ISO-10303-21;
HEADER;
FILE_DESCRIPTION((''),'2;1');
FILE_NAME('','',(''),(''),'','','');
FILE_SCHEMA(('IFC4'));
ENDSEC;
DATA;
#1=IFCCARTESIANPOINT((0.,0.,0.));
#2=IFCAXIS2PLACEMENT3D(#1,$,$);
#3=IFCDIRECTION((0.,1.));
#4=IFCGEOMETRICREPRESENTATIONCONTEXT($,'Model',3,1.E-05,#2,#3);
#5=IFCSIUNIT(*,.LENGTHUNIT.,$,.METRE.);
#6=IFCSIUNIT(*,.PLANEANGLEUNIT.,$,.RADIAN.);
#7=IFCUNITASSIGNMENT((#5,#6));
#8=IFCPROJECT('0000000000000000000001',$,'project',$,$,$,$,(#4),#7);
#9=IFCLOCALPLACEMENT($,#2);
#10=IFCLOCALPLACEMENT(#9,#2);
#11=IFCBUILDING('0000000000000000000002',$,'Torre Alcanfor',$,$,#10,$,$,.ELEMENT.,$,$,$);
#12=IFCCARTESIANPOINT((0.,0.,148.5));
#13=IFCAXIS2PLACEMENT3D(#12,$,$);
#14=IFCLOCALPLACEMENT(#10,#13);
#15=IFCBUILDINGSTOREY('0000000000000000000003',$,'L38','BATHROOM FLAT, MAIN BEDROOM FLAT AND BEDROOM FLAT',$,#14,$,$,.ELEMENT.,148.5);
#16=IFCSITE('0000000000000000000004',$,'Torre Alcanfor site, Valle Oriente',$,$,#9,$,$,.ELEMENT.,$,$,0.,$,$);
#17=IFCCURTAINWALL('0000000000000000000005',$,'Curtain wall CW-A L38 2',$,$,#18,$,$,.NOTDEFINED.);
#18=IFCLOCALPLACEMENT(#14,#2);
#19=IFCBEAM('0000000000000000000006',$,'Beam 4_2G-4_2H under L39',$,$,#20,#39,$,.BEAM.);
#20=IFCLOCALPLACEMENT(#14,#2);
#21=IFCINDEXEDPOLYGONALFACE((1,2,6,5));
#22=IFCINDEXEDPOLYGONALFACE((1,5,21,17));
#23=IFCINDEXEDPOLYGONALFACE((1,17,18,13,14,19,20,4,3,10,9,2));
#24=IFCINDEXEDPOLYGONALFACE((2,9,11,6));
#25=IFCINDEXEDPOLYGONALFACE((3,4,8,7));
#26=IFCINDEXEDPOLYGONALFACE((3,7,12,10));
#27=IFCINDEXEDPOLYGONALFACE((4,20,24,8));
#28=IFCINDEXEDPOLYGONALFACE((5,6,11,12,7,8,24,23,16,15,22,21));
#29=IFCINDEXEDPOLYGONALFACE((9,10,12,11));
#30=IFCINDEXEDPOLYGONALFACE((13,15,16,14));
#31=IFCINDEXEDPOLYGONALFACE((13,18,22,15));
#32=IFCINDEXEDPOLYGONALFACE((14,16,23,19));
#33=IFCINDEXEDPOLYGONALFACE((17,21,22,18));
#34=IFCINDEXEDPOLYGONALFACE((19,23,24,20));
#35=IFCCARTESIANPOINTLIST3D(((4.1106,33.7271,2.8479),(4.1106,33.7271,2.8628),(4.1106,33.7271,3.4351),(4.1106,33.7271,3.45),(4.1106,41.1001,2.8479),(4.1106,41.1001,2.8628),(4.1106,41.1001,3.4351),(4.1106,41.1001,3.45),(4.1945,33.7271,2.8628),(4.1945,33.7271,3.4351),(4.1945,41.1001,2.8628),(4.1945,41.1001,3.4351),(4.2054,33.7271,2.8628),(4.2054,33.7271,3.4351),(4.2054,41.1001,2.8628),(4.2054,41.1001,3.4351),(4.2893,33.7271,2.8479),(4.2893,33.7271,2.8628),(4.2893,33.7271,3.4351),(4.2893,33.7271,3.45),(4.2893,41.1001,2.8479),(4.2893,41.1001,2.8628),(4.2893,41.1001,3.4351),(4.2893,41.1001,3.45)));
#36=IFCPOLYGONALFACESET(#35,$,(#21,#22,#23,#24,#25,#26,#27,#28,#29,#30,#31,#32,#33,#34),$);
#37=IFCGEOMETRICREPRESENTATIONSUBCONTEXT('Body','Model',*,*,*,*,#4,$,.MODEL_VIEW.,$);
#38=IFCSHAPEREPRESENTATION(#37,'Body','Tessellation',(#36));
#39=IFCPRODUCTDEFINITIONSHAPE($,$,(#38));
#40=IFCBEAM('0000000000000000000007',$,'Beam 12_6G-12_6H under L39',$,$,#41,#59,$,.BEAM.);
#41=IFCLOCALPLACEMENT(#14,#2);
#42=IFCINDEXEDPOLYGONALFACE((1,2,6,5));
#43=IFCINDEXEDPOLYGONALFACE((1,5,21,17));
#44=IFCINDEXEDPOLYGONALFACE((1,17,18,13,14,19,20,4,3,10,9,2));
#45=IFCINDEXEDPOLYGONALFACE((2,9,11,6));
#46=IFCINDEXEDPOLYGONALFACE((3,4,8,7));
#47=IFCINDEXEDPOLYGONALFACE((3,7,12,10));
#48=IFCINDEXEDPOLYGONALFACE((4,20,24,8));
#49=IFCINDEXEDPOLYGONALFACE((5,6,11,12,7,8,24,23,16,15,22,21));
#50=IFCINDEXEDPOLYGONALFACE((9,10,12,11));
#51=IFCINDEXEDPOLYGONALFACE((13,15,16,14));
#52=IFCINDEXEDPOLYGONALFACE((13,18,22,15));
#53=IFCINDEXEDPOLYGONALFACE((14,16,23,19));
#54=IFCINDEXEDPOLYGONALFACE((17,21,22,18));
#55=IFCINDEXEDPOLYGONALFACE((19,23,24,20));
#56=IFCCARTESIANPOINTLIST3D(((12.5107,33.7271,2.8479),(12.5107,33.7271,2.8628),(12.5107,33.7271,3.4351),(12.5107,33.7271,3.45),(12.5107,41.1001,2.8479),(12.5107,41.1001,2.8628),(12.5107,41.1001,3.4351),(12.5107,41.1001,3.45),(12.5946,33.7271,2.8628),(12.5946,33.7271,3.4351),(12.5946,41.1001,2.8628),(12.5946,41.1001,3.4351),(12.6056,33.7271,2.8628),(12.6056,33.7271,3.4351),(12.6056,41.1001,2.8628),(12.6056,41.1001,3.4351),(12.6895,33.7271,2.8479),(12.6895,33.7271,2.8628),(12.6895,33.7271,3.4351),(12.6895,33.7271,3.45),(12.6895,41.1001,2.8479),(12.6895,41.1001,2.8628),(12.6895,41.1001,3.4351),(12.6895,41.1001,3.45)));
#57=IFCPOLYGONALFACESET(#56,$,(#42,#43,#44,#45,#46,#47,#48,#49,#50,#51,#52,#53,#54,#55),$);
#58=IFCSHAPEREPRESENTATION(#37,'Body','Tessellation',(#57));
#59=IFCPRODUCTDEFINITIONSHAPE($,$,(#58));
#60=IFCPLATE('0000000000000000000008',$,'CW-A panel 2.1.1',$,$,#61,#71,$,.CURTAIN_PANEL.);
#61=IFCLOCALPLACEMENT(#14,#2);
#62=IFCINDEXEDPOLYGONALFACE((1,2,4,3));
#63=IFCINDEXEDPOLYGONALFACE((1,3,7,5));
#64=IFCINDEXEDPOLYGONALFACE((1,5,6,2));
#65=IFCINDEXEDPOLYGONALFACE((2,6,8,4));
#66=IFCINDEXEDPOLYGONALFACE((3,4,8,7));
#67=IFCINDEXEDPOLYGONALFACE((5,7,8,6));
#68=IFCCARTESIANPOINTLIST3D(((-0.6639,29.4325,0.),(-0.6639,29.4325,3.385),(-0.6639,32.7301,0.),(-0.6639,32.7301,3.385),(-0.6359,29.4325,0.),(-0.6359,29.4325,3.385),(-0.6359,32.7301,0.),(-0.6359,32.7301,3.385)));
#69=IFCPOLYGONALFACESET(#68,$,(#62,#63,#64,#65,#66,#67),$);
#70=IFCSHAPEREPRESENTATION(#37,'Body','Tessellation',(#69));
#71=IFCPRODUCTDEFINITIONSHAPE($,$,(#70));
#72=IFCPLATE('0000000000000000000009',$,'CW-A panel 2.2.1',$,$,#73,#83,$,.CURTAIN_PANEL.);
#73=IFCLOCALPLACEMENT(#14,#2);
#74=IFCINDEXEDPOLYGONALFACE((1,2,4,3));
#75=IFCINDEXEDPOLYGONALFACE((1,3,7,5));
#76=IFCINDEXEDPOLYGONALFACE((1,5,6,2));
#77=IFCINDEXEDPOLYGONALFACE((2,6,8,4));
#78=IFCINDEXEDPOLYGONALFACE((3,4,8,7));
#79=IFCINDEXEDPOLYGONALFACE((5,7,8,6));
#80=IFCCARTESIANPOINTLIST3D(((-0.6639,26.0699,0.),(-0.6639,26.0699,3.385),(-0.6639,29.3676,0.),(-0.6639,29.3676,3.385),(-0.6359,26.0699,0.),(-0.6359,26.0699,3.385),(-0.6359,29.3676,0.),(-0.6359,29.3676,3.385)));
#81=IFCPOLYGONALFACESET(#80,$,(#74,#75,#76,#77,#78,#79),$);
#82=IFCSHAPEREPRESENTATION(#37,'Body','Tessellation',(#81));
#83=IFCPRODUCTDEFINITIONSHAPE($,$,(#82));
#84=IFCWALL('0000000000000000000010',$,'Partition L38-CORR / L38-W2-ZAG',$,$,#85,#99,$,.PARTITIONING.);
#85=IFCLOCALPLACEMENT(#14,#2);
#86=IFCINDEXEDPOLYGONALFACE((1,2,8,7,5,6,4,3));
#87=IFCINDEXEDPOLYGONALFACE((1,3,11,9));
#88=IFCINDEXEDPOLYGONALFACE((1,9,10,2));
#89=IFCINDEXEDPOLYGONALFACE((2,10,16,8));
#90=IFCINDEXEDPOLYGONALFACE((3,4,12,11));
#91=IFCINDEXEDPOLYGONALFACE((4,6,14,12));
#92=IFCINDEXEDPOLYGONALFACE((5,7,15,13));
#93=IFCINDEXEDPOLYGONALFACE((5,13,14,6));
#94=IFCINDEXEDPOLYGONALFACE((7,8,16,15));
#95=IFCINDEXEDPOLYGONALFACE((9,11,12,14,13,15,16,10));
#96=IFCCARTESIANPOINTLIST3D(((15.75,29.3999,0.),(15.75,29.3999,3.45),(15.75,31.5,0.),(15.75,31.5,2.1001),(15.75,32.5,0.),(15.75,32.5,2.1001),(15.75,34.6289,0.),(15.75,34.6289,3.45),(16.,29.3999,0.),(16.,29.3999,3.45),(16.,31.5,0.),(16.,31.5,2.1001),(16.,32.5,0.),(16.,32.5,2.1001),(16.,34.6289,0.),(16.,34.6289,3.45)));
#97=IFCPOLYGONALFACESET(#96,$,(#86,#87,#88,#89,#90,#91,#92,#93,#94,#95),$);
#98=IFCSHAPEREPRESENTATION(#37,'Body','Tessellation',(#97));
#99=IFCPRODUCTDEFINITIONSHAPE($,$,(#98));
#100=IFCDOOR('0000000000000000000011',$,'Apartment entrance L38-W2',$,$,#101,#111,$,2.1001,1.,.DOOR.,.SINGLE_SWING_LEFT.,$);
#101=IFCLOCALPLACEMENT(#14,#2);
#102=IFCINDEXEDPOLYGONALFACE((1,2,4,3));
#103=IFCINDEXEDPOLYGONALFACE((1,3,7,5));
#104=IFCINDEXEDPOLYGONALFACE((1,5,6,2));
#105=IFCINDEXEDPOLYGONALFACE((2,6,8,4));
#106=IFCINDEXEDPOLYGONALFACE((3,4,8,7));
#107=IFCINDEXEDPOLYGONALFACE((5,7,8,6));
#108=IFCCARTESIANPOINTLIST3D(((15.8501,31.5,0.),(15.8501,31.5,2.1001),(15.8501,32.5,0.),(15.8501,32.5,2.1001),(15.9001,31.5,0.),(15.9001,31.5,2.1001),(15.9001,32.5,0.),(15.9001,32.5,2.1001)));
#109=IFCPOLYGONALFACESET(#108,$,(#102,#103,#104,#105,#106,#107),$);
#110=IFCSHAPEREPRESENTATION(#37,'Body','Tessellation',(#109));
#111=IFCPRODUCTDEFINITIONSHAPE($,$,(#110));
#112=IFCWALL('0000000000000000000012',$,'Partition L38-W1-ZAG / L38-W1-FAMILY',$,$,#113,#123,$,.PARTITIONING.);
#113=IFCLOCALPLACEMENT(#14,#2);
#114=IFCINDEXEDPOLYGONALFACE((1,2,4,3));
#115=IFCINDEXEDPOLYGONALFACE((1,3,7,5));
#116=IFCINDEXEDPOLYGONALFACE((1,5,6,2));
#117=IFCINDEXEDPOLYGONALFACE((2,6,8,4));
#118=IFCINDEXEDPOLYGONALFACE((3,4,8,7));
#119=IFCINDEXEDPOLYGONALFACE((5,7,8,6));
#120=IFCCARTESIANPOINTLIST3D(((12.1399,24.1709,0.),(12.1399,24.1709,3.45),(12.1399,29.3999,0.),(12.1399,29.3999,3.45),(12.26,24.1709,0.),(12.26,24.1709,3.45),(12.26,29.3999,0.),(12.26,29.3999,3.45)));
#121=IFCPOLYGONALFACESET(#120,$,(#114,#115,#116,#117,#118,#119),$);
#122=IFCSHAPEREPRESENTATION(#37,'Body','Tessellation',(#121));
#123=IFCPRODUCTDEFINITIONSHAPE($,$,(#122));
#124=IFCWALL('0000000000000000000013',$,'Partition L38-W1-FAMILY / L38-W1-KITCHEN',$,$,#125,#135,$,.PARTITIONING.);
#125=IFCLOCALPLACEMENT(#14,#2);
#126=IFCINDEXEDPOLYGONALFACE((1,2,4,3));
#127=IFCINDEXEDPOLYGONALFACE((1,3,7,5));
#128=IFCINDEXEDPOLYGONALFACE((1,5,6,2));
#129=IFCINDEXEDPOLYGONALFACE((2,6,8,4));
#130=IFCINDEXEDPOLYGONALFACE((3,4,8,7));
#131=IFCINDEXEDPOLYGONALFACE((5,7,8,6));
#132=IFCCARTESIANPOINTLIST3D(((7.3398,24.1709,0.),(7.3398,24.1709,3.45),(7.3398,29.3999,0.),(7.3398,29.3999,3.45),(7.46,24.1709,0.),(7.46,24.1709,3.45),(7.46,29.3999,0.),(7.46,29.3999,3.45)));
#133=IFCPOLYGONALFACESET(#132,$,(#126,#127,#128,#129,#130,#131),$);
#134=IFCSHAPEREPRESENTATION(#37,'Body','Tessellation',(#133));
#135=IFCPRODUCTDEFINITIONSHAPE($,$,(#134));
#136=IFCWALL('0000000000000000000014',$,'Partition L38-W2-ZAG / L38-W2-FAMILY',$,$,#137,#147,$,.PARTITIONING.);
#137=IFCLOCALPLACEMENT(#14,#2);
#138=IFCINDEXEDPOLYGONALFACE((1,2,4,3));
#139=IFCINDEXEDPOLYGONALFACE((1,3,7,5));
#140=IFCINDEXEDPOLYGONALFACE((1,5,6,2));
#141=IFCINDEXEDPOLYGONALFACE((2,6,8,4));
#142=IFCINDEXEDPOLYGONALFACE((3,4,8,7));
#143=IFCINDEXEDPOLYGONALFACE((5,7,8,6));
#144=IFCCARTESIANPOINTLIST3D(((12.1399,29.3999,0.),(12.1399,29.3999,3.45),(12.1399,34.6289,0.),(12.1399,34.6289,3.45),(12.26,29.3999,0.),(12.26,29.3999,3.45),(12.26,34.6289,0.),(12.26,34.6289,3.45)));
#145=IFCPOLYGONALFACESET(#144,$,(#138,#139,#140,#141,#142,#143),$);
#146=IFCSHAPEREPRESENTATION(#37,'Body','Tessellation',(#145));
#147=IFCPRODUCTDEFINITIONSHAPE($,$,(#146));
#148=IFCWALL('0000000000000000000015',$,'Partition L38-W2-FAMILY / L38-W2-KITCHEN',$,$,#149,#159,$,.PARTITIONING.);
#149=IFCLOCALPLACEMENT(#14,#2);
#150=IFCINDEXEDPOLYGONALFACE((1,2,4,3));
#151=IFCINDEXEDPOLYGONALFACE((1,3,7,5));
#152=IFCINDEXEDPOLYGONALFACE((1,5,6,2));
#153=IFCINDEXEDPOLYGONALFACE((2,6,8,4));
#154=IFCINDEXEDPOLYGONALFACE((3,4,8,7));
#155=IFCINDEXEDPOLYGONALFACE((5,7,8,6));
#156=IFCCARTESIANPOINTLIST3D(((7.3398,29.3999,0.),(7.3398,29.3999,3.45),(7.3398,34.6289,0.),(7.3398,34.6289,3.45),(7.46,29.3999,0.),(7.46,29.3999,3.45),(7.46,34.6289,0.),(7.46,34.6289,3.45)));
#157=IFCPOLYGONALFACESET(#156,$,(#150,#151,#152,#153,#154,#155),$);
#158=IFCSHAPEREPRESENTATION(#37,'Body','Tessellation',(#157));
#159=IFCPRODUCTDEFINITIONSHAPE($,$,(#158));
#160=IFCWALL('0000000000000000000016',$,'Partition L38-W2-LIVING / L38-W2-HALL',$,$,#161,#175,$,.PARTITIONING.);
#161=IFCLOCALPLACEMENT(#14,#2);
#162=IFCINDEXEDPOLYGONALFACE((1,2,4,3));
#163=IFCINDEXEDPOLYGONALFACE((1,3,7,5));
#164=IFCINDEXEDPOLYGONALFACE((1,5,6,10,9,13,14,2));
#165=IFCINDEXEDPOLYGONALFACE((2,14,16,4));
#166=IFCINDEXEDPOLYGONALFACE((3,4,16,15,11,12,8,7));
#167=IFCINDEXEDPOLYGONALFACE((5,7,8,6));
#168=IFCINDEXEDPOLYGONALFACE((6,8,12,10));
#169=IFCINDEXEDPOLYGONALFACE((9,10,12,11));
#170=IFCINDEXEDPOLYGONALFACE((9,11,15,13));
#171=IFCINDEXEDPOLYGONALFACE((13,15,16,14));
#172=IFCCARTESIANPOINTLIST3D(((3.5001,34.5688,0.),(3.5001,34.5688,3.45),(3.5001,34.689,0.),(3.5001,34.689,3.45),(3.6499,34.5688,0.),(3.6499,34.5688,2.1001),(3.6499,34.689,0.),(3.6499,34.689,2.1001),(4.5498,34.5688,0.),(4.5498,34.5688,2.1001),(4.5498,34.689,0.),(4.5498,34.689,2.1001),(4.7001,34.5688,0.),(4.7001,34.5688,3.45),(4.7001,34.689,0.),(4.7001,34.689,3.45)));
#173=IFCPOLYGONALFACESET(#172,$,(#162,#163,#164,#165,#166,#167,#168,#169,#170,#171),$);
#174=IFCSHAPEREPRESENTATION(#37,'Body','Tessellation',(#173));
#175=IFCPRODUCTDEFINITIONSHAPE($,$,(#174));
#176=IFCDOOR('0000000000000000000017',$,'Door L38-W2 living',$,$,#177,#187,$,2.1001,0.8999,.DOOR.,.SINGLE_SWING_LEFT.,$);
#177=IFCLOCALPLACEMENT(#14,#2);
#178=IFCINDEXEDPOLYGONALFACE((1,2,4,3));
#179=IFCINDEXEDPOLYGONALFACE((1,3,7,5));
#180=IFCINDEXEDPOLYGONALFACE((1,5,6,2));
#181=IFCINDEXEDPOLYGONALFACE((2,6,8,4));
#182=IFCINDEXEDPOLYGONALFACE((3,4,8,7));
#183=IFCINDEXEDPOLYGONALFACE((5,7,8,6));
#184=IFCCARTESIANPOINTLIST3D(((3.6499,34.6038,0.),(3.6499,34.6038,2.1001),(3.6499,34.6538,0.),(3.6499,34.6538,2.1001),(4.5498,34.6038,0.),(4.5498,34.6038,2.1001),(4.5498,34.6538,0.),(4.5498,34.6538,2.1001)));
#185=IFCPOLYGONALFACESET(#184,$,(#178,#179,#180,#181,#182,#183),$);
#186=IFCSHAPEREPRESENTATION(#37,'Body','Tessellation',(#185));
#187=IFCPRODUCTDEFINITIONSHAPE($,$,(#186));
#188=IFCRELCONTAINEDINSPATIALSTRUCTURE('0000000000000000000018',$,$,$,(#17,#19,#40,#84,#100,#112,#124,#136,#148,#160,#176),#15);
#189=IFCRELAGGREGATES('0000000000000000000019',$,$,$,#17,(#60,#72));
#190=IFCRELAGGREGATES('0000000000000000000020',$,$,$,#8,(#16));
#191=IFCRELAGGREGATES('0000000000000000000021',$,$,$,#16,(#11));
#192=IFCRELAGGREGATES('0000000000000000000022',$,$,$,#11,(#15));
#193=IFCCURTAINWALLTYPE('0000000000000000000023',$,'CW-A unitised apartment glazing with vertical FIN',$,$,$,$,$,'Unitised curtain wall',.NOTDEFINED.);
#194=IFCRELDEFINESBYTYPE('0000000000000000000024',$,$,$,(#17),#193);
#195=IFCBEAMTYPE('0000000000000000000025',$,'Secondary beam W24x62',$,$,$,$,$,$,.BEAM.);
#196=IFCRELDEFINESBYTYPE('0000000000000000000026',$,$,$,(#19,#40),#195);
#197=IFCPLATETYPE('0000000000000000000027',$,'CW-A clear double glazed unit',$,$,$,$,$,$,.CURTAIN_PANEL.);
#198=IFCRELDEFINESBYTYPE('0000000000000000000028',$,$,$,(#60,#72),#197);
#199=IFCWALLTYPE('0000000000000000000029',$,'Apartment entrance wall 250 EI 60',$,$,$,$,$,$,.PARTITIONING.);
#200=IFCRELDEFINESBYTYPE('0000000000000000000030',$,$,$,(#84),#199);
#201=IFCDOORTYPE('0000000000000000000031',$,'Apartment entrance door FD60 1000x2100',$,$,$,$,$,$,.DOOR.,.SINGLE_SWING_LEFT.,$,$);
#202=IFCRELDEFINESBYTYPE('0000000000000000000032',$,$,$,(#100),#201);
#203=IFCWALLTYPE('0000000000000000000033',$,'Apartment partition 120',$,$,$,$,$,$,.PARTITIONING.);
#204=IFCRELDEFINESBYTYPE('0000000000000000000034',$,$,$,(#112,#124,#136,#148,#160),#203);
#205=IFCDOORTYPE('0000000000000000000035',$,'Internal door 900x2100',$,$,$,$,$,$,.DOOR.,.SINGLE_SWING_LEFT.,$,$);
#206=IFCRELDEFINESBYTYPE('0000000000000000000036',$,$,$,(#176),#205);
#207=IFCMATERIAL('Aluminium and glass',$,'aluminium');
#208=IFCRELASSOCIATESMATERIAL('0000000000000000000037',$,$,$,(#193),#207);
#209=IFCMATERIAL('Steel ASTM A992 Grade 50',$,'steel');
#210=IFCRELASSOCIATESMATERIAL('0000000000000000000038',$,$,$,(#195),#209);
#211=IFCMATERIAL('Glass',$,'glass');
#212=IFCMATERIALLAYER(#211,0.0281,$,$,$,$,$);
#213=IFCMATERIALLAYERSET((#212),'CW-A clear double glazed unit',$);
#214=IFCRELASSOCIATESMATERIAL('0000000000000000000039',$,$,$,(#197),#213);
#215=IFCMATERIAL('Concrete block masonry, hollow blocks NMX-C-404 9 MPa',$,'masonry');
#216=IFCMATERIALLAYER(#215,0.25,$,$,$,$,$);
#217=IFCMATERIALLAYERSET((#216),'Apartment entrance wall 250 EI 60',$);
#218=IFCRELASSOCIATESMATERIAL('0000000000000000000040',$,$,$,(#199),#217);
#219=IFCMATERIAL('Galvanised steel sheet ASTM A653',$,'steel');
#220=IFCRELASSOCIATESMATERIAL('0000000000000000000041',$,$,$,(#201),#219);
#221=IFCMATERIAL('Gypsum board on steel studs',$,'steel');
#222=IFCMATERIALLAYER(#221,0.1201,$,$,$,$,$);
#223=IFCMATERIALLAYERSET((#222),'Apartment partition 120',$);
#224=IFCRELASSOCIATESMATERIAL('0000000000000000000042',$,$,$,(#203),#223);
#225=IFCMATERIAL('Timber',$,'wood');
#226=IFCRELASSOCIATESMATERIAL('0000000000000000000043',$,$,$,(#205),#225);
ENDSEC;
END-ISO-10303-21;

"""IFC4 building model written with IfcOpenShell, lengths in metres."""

from ifc_helpers import new_model, si_unit, direction, frame, frame_2d, origin, origin_2d, place, context, subcontext, project, spatial, rectangle, i_section, extrude, material, layer, layer_set, material_profile, profile_set, type_object, element, fill, aggregate, save


model = new_model("IFC4")

# Units and contexts
model_context = context("Model", 3, precision=1e-05, world=origin(), true_north=direction((0.0, 1.0)))
body_context = subcontext(model_context, "Body", "Model", "MODEL_VIEW")
ifc_project = project(units=[si_unit("LENGTHUNIT", "METRE"), si_unit("PLANEANGLEUNIT", "RADIAN")], contexts=[model_context])

# Site, building, storey
site_placement = place(None, origin())
site = spatial("IfcSite", under=ifc_project, at=site_placement, Name="Torre Alcanfor site, Valle Oriente", CompositionType="ELEMENT", RefElevation=0.0)
building_placement = place(site_placement, origin())
building = spatial("IfcBuilding", under=site, at=building_placement, Name="Torre Alcanfor", CompositionType="ELEMENT")
storey_placement = place(building_placement, frame((0.0, 0.0, 148.5)))
storey = spatial("IfcBuildingStorey", under=building, at=storey_placement, Name="L38", Description="BATHROOM FLAT, MAIN BEDROOM FLAT AND BEDROOM FLAT", CompositionType="ELEMENT", Elevation=148.5)

# Curtain wall
ifc_material_1 = material(Name="Aluminium and glass", Category="aluminium")
curtain_wall_type = type_object("IfcCurtainWallType", Name="CW-A unitised apartment glazing with vertical FIN", ElementType="Unitised curtain wall", PredefinedType="NOTDEFINED", material=ifc_material_1)
curtain_wall_placement = place(storey_placement, origin())
curtain_wall = element("IfcCurtainWall", 1, at=curtain_wall_placement, inside=storey, type_object=curtain_wall_type, Name="Curtain wall CW-A L38 2", PredefinedType="NOTDEFINED")

# Beams
ifc_material_2 = material(Name="Steel ASTM A992 Grade 50", Category="steel")
ifc_material_profile_1 = material_profile(ifc_material_2, i_section(OverallWidth=0.1787, OverallDepth=0.6021, WebThickness=0.011, FlangeThickness=0.0149, at=origin_2d()), Name="W24x62")
ifc_profile_set_1 = profile_set([ifc_material_profile_1], Name="Steel ASTM A992 Grade 50")
beam_type_1 = type_object("IfcBeamType", Name="Secondary beam W24x62", PredefinedType="BEAM", material=ifc_profile_set_1)
for number, where, z_axis, x_axis, name in (
    (2, (4.2, 33.7271, 3.1489), (0.0, 1.0, 0.0), (-1.0, 0.0, 0.0), "Beam 4_2G-4_2H under L39"),
    (3, (12.6001, 33.7271, 3.1489), (0.0, 1.0, 0.0), (-1.0, 0.0, 0.0), "Beam 12_6G-12_6H under L39"),
):
    element("IfcBeam", number, at=place(storey_placement, frame(where, z_axis=z_axis, x_axis=x_axis)), inside=storey, type_object=beam_type_1, Name=name, PredefinedType="BEAM", context=body_context, shape_type="SweptSolid", body=[
        extrude(i_section(OverallWidth=0.1787, OverallDepth=0.6021, WebThickness=0.011, FlangeThickness=0.0149, at=origin_2d()), origin(), (0.0, 0.0, 1.0), 7.373),
    ])

# Plates
ifc_material_3 = material(Name="Glass", Category="glass")
ifc_layer_1 = layer(ifc_material_3, 0.0281)
ifc_layer_set_1 = layer_set([ifc_layer_1], Name="CW-A clear double glazed unit")
plate_type = type_object("IfcPlateType", Name="CW-A clear double glazed unit", PredefinedType="CURTAIN_PANEL", material=ifc_layer_set_1)
plate_1_placement = place(storey_placement, frame((-0.6499, 31.0813, 0.0), z_axis=(0.0, 0.0, 1.0), x_axis=(0.0, -1.0, 0.0)))
plate_1 = element("IfcPlate", 4, at=plate_1_placement, type_object=plate_type, Name="CW-A panel 2.1.1", PredefinedType="CURTAIN_PANEL", context=body_context, shape_type="SweptSolid", body=[
    extrude(rectangle(XDim=3.2976, YDim=0.0281, at=origin_2d()), origin(), (0.0, 0.0, 1.0), 3.385),
])
plate_2_placement = place(storey_placement, frame((-0.6499, 27.7188, 0.0), z_axis=(0.0, 0.0, 1.0), x_axis=(0.0, -1.0, 0.0)))
plate_2 = element("IfcPlate", 5, at=plate_2_placement, type_object=plate_type, Name="CW-A panel 2.2.1", PredefinedType="CURTAIN_PANEL", context=body_context, shape_type="SweptSolid", body=[
    extrude(rectangle(XDim=3.2976, YDim=0.0281, at=origin_2d()), origin(), (0.0, 0.0, 1.0), 3.385),
])
aggregate(curtain_wall, [plate_1, plate_2])

# Wall, opening, door
ifc_material_4 = material(Name="Concrete block masonry, hollow blocks NMX-C-404 9 MPa", Category="masonry")
ifc_layer_2 = layer(ifc_material_4, 0.25)
ifc_layer_set_2 = layer_set([ifc_layer_2], Name="Apartment entrance wall 250 EI 60")
wall_type_1 = type_object("IfcWallType", Name="Apartment entrance wall 250 EI 60", PredefinedType="PARTITIONING", material=ifc_layer_set_2)
wall_1_placement = place(storey_placement, frame((15.875, 29.3999, 0.0), z_axis=(0.0, 0.0, 1.0), x_axis=(0.0, 1.0, 0.0)))
wall_1 = element("IfcWall", 6, at=wall_1_placement, inside=storey, type_object=wall_type_1, Name="Partition L38-CORR / L38-W2-ZAG", PredefinedType="PARTITIONING", context=body_context, shape_type="SweptSolid", body=[
    extrude(rectangle(XDim=5.229, YDim=0.25, at=frame_2d((2.6145, 0.0))), origin(), (0.0, 0.0, 1.0), 3.45),
])
opening_1_placement = place(wall_1_placement, frame((2.1001, 0.0, 0.0)))
opening_1 = element("IfcOpeningElement", 7, at=opening_1_placement, cuts=wall_1, PredefinedType="OPENING", context=body_context, shape_type="SweptSolid", body=[
    extrude(rectangle(XDim=1.0, YDim=2.1001, at=frame_2d((0.5, 1.05))), frame((0.0, 0.135, 0.0), z_axis=(0.0, -1.0, 0.0), x_axis=(1.0, 0.0, 0.0)), (0.0, 0.0, 1.0), 0.27),
])
ifc_material_5 = material(Name="Galvanised steel sheet ASTM A653", Category="steel")
door_type_1 = type_object("IfcDoorType", Name="Apartment entrance door FD60 1000x2100", OperationType="SINGLE_SWING_LEFT", PredefinedType="DOOR", material=ifc_material_5)
door_1_placement = place(opening_1_placement, origin())
door_1 = element("IfcDoor", 8, at=door_1_placement, inside=storey, type_object=door_type_1, Name="Apartment entrance L38-W2", OperationType="SINGLE_SWING_LEFT", OverallHeight=2.1001, OverallWidth=1.0, PredefinedType="DOOR", context=body_context, shape_type="SweptSolid", body=[
    extrude(rectangle(XDim=1.0, YDim=2.1001, at=frame_2d((0.5, 1.05))), frame((0.0, 0.0249, 0.0), z_axis=(0.0, -1.0, 0.0), x_axis=(1.0, 0.0, 0.0)), (0.0, 0.0, 1.0), 0.05),
])
fill(opening_1, door_1)

# Walls
ifc_material_6 = material(Name="Gypsum board on steel studs", Category="steel")
ifc_layer_3 = layer(ifc_material_6, 0.1201)
ifc_layer_set_3 = layer_set([ifc_layer_3], Name="Apartment partition 120")
wall_type_2 = type_object("IfcWallType", Name="Apartment partition 120", PredefinedType="PARTITIONING", material=ifc_layer_set_3)
for number, where, z_axis, x_axis, name in (
    (9, (12.2, 29.3999, 0.0), (0.0, 0.0, 1.0), (0.0, -1.0, 0.0), "Partition L38-W1-ZAG / L38-W1-FAMILY"),
    (10, (7.3999, 29.3999, 0.0), (0.0, 0.0, 1.0), (0.0, -1.0, 0.0), "Partition L38-W1-FAMILY / L38-W1-KITCHEN"),
    (11, (12.2, 29.3999, 0.0), (0.0, 0.0, 1.0), (0.0, 1.0, 0.0), "Partition L38-W2-ZAG / L38-W2-FAMILY"),
    (12, (7.3999, 29.3999, 0.0), (0.0, 0.0, 1.0), (0.0, 1.0, 0.0), "Partition L38-W2-FAMILY / L38-W2-KITCHEN"),
):
    element("IfcWall", number, at=place(storey_placement, frame(where, z_axis=z_axis, x_axis=x_axis)), inside=storey, type_object=wall_type_2, Name=name, PredefinedType="PARTITIONING", context=body_context, shape_type="SweptSolid", body=[
        extrude(rectangle(XDim=5.229, YDim=0.1201, at=frame_2d((2.6145, 0.0))), origin(), (0.0, 0.0, 1.0), 3.45),
    ])

# Wall, opening, door
wall_2_placement = place(storey_placement, frame((3.5, 34.6289, 0.0), z_axis=(0.0, 0.0, 1.0), x_axis=(1.0, 0.0, 0.0)))
wall_2 = element("IfcWall", 13, at=wall_2_placement, inside=storey, type_object=wall_type_2, Name="Partition L38-W2-LIVING / L38-W2-HALL", PredefinedType="PARTITIONING", context=body_context, shape_type="SweptSolid", body=[
    extrude(rectangle(XDim=1.2, YDim=0.1201, at=frame_2d((0.6001, 0.0))), origin(), (0.0, 0.0, 1.0), 3.45),
])
opening_2_placement = place(wall_2_placement, frame((0.1499, 0.0, 0.0)))
opening_2 = element("IfcOpeningElement", 14, at=opening_2_placement, cuts=wall_2, PredefinedType="OPENING", context=body_context, shape_type="SweptSolid", body=[
    extrude(rectangle(XDim=0.8999, YDim=2.1001, at=frame_2d((0.45, 1.05))), frame((0.0, 0.0701, 0.0), z_axis=(0.0, -1.0, 0.0), x_axis=(1.0, 0.0, 0.0)), (0.0, 0.0, 1.0), 0.1401),
])
ifc_material_7 = material(Name="Timber", Category="wood")
door_type_2 = type_object("IfcDoorType", Name="Internal door 900x2100", OperationType="SINGLE_SWING_LEFT", PredefinedType="DOOR", material=ifc_material_7)
door_2_placement = place(opening_2_placement, frame((0.8999, 0.0, 0.0), z_axis=(0.0, 0.0, 1.0), x_axis=(-1.0, 0.0, 0.0)))
door_2 = element("IfcDoor", 15, at=door_2_placement, inside=storey, type_object=door_type_2, Name="Door L38-W2 living", OperationType="SINGLE_SWING_LEFT", OverallHeight=2.1001, OverallWidth=0.8999, PredefinedType="DOOR", context=body_context, shape_type="SweptSolid", body=[
    extrude(rectangle(XDim=0.8999, YDim=2.1001, at=frame_2d((0.45, 1.05))), frame((0.0, 0.0251, 0.0), z_axis=(0.0, -1.0, 0.0), x_axis=(1.0, 0.0, 0.0)), (0.0, 0.0, 1.0), 0.05),
])
fill(opening_2, door_2)

save(model, "model.ifc")
